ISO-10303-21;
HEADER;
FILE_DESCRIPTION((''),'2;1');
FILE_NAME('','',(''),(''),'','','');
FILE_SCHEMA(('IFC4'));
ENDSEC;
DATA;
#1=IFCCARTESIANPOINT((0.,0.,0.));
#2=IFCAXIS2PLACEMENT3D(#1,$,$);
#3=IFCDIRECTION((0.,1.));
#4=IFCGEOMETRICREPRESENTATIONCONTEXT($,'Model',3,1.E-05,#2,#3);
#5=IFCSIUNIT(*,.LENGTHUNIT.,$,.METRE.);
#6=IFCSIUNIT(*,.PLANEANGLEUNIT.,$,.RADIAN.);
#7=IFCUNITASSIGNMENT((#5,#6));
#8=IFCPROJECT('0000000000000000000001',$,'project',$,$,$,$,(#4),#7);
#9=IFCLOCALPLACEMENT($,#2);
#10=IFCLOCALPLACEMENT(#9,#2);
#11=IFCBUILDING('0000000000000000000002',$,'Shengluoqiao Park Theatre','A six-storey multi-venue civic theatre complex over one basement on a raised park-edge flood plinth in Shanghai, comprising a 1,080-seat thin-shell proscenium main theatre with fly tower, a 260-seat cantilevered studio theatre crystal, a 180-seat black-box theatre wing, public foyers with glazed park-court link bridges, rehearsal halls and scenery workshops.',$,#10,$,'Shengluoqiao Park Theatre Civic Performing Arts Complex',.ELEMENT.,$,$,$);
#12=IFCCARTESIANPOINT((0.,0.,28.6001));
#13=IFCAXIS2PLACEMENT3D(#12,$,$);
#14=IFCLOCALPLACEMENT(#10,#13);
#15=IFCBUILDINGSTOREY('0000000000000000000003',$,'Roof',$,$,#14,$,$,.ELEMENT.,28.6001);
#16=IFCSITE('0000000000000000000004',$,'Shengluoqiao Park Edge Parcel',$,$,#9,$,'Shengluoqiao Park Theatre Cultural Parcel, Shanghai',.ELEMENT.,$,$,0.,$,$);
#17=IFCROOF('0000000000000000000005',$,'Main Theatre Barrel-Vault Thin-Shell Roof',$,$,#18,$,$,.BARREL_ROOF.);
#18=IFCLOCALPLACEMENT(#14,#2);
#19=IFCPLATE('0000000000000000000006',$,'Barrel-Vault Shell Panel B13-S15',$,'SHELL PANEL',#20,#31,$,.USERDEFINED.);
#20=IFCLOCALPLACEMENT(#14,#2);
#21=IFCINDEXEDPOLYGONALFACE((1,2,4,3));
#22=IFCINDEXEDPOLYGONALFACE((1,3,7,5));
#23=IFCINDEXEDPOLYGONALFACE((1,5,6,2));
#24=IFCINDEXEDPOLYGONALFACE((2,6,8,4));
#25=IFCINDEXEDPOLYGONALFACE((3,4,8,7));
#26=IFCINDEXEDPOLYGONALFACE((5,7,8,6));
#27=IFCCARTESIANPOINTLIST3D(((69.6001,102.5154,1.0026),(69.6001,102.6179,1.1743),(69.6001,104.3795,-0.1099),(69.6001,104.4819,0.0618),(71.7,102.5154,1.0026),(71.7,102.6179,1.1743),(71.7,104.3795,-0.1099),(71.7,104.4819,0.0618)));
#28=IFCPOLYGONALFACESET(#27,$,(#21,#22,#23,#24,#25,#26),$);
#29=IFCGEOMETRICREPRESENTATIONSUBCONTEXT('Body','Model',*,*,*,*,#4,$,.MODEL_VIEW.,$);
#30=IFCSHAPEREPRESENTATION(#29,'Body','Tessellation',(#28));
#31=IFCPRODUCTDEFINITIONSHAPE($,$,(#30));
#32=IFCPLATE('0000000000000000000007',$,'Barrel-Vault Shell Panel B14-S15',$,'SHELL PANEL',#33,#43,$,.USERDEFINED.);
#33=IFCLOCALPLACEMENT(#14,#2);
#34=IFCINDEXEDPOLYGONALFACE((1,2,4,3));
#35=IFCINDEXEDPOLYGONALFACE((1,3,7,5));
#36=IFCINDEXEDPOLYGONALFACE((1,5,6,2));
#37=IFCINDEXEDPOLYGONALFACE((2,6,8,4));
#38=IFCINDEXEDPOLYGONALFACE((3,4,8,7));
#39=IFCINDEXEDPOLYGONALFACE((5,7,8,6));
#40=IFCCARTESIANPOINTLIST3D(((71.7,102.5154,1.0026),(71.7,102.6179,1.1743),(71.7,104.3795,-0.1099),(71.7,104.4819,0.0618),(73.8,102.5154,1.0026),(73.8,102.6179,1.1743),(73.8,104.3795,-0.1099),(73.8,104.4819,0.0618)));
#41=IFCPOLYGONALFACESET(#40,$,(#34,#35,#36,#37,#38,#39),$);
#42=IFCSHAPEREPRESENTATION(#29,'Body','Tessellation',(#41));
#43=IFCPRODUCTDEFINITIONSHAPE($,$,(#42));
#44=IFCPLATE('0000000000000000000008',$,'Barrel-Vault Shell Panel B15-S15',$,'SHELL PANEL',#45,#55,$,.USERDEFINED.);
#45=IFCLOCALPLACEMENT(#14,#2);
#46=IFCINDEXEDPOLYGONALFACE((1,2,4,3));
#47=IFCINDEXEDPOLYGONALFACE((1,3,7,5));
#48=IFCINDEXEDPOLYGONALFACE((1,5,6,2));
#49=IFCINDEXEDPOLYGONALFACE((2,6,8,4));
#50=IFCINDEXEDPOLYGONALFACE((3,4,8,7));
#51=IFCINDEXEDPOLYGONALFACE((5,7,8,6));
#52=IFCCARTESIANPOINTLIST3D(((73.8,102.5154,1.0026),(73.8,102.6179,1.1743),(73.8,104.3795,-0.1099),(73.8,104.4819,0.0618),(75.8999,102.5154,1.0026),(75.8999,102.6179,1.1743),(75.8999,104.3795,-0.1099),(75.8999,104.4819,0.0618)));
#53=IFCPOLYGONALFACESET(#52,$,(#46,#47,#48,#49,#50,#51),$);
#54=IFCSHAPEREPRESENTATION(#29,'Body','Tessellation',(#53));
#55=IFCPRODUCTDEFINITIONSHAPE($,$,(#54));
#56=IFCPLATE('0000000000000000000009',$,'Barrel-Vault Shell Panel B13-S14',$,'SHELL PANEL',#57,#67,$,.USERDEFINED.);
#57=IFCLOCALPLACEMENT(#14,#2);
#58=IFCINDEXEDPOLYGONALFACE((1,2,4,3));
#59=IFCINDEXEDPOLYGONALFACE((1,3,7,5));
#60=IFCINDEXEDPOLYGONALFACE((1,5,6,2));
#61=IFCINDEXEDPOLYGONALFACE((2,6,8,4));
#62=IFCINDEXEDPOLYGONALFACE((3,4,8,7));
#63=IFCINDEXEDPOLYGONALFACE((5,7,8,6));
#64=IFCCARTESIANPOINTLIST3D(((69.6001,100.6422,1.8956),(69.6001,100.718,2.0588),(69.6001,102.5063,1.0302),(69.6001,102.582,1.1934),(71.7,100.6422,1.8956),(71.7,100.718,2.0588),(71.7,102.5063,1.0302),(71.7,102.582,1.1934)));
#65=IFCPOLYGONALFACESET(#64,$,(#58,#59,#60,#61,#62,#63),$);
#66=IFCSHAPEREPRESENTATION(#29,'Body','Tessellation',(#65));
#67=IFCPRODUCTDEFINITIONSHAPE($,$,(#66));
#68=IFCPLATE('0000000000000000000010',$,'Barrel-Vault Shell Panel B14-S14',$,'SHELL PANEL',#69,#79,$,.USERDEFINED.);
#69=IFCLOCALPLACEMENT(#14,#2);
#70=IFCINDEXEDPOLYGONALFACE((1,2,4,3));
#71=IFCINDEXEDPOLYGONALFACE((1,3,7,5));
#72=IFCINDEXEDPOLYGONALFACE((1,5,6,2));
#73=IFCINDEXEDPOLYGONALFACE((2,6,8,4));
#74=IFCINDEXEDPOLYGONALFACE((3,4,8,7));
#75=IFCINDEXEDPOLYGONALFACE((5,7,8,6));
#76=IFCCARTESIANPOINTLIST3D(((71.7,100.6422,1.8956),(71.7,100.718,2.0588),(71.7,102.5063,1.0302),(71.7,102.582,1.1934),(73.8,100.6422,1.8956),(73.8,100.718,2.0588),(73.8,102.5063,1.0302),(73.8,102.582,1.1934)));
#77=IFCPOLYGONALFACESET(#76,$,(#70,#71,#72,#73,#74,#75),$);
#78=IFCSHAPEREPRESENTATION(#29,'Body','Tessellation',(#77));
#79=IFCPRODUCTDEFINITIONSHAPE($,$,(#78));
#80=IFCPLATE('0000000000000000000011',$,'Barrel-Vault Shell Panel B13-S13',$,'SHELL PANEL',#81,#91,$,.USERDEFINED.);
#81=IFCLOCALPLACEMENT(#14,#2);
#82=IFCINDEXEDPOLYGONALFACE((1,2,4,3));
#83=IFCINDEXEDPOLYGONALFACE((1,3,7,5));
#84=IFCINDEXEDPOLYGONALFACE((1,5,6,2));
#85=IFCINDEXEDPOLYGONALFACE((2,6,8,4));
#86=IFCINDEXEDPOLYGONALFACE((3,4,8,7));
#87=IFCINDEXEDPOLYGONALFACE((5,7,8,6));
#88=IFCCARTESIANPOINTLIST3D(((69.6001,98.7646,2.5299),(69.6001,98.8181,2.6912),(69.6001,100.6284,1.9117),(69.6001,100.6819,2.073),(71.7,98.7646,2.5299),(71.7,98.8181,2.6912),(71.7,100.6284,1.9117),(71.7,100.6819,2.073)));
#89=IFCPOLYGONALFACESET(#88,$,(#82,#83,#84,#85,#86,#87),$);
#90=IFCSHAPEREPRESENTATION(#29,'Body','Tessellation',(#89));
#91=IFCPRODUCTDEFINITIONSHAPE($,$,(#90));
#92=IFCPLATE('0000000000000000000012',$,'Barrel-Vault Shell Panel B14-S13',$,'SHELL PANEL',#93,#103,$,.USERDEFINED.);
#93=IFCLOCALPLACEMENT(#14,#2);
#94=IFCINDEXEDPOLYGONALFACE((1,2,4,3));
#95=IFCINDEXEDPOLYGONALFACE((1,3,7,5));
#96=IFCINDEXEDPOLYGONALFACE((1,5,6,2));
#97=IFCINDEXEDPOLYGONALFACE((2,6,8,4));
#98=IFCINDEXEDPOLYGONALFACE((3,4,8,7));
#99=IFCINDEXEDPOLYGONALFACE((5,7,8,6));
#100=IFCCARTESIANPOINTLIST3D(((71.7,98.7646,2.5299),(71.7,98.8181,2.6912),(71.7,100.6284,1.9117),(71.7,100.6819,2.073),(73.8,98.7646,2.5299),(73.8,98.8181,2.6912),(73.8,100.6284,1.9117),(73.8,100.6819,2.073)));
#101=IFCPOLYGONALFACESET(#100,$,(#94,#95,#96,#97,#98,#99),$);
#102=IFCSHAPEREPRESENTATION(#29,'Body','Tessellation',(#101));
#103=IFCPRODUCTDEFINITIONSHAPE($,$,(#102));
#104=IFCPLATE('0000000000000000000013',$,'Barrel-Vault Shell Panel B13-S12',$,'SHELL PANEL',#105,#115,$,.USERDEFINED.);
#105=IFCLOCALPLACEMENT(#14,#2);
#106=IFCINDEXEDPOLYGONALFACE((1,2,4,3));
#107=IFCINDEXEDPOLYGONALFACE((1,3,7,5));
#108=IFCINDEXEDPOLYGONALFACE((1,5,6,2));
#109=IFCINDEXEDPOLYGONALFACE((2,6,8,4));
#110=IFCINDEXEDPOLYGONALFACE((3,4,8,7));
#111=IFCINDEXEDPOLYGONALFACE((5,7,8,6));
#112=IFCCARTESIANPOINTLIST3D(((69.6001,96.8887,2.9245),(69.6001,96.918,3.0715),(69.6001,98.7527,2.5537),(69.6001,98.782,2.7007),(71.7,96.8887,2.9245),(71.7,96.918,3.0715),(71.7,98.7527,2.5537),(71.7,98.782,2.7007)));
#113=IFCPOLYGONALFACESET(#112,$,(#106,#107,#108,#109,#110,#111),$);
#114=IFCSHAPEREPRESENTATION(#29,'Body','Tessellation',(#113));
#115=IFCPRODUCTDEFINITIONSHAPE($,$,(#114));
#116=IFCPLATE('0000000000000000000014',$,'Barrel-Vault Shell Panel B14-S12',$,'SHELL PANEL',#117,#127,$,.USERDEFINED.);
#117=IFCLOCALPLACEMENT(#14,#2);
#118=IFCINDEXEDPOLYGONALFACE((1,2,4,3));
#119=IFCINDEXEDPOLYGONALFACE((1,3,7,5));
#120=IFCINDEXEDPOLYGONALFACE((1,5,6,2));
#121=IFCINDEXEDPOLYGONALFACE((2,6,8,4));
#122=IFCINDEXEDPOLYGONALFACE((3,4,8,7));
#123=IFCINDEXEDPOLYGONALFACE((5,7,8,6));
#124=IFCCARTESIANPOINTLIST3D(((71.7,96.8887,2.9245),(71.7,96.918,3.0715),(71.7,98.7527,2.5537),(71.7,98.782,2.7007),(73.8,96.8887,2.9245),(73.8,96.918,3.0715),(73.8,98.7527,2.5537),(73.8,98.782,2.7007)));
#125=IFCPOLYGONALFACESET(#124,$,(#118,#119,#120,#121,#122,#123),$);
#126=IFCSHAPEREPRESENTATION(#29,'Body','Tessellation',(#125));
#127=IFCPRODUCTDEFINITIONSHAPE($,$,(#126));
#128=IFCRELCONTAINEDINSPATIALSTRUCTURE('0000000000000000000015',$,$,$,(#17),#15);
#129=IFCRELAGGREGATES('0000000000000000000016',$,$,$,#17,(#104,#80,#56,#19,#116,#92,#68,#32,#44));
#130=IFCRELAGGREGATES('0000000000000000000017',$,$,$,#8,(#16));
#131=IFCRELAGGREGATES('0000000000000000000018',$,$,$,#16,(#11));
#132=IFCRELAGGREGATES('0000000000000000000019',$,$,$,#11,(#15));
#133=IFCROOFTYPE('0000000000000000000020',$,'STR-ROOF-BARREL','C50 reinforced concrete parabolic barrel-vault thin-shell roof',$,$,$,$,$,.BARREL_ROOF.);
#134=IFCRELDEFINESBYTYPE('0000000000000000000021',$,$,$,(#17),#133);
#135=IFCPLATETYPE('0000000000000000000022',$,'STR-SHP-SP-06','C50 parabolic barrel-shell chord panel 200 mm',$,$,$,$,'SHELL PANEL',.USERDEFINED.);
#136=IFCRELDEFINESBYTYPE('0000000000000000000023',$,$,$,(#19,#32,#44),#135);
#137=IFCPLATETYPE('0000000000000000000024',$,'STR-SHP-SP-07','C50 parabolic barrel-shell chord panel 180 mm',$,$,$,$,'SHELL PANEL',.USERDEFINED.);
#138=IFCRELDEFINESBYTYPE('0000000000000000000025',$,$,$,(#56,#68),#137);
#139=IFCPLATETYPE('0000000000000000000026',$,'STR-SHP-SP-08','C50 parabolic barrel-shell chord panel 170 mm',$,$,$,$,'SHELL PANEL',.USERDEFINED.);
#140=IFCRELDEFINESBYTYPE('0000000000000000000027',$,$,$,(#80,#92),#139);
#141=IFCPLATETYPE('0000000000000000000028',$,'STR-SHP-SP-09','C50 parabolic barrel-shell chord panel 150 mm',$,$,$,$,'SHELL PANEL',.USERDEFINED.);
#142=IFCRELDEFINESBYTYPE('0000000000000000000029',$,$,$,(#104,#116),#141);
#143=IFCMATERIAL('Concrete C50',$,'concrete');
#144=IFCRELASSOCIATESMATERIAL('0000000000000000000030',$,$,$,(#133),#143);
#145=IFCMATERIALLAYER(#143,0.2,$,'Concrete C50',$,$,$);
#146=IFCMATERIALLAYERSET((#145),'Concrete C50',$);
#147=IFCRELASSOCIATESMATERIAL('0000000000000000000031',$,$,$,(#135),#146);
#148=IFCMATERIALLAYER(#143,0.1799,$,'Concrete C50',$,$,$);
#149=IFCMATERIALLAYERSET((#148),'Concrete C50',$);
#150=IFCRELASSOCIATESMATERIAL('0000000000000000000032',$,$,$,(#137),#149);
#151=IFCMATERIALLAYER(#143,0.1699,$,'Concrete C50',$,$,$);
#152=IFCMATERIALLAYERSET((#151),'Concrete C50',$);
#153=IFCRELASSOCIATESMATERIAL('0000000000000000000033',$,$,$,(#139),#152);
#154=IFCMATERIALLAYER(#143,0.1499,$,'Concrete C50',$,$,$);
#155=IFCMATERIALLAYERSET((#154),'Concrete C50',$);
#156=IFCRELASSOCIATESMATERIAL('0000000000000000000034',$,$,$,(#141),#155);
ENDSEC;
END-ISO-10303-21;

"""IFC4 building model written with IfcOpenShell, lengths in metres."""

from ifc_helpers import new_model, si_unit, direction, frame, origin, place, context, subcontext, project, spatial, polyline, outline, extrude, material, layer, layer_set, type_object, element, aggregate, save


model = new_model("IFC4")

# Units and contexts
model_context = context("Model", 3, precision=1e-05, world=origin(), true_north=direction((0.0, 1.0)))
body_context = subcontext(model_context, "Body", "Model", "MODEL_VIEW")
ifc_project = project(units=[si_unit("LENGTHUNIT", "METRE"), si_unit("PLANEANGLEUNIT", "RADIAN")], contexts=[model_context])

# Site, building, storey
site_placement = place(None, origin())
site = spatial("IfcSite", under=ifc_project, at=site_placement, Name="Shengluoqiao Park Edge Parcel", LongName="Shengluoqiao Park Theatre Cultural Parcel, Shanghai", CompositionType="ELEMENT", RefElevation=0.0)
building_placement = place(site_placement, origin())
building = spatial("IfcBuilding", under=site, at=building_placement, Name="Shengluoqiao Park Theatre", Description="A six-storey multi-venue civic theatre complex over one basement on a raised park-edge flood plinth in Shanghai, comprising a 1,080-seat thin-shell proscenium main theatre with fly tower, a 260-seat cantilevered studio theatre crystal, a 180-seat black-box theatre wing, public foyers with glazed park-court link bridges, rehearsal halls and scenery workshops.", LongName="Shengluoqiao Park Theatre Civic Performing Arts Complex", CompositionType="ELEMENT")
storey_placement = place(building_placement, frame((0.0, 0.0, 28.6001)))
storey = spatial("IfcBuildingStorey", under=building, at=storey_placement, Name="Roof", CompositionType="ELEMENT", Elevation=28.6001)

# Shared definitions
ifc_material_1 = material(Name="Concrete C50", Category="concrete")

# Roof, plates
roof_type = type_object("IfcRoofType", Name="STR-ROOF-BARREL", Description="C50 reinforced concrete parabolic barrel-vault thin-shell roof", PredefinedType="BARREL_ROOF", material=ifc_material_1)
roof_placement = place(storey_placement, origin())
roof = element("IfcRoof", 1, at=roof_placement, inside=storey, type_object=roof_type, Name="Main Theatre Barrel-Vault Thin-Shell Roof", PredefinedType="BARREL_ROOF")
ifc_layer_1 = layer(ifc_material_1, 0.2, Name="Concrete C50")
ifc_layer_set_1 = layer_set([ifc_layer_1], Name="Concrete C50")
plate_type_1 = type_object("IfcPlateType", Name="STR-SHP-SP-06", Description="C50 parabolic barrel-shell chord panel 200 mm", ElementType="SHELL PANEL", PredefinedType="USERDEFINED", material=ifc_layer_set_1)
plate_1_placement = place(storey_placement, frame((69.6001, 102.6179, 1.1743), z_axis=(0.0, 0.51251, 0.858681), x_axis=(1.0, 0.0, 0.0)))
plate_1 = element("IfcPlate", 2, at=plate_1_placement, type_object=plate_type_1, Name="Barrel-Vault Shell Panel B13-S15", ObjectType="SHELL PANEL", PredefinedType="USERDEFINED", context=body_context, shape_type="SweptSolid", body=[
    extrude(outline(polyline([(0.0, 0.0), (2.0999, 0.0), (2.0999, 2.1708), (0.0, 2.1708), (0.0, 0.0)])), origin(), (0.0, 0.0, -1.0), 0.2),
])
plate_2_placement = place(storey_placement, frame((71.7, 102.6179, 1.1743), z_axis=(0.0, 0.51251, 0.858681), x_axis=(1.0, 0.0, 0.0)))
plate_2 = element("IfcPlate", 3, at=plate_2_placement, type_object=plate_type_1, Name="Barrel-Vault Shell Panel B14-S15", ObjectType="SHELL PANEL", PredefinedType="USERDEFINED", context=body_context, shape_type="SweptSolid", body=[
    extrude(outline(polyline([(0.0, 0.0), (2.1001, 0.0), (2.1001, 2.1708), (0.0, 2.1708), (0.0, 0.0)])), origin(), (0.0, 0.0, -1.0), 0.2),
])
plate_3_placement = place(storey_placement, frame((73.8, 102.6179, 1.1743), z_axis=(0.0, 0.51251, 0.858681), x_axis=(1.0, 0.0, 0.0)))
plate_3 = element("IfcPlate", 4, at=plate_3_placement, type_object=plate_type_1, Name="Barrel-Vault Shell Panel B15-S15", ObjectType="SHELL PANEL", PredefinedType="USERDEFINED", context=body_context, shape_type="SweptSolid", body=[
    extrude(outline(polyline([(0.0, 0.0), (2.0999, 0.0), (2.0999, 2.1708), (0.0, 2.1708), (0.0, 0.0)])), origin(), (0.0, 0.0, -1.0), 0.2),
])
ifc_layer_2 = layer(ifc_material_1, 0.1799, Name="Concrete C50")
ifc_layer_set_2 = layer_set([ifc_layer_2], Name="Concrete C50")
plate_type_2 = type_object("IfcPlateType", Name="STR-SHP-SP-07", Description="C50 parabolic barrel-shell chord panel 180 mm", ElementType="SHELL PANEL", PredefinedType="USERDEFINED", material=ifc_layer_set_2)
plate_4_placement = place(storey_placement, frame((69.6001, 100.718, 2.0588), z_axis=(0.0, 0.421129, 0.907001), x_axis=(1.0, 0.0, 0.0)))
plate_4 = element("IfcPlate", 5, at=plate_4_placement, type_object=plate_type_2, Name="Barrel-Vault Shell Panel B13-S14", ObjectType="SHELL PANEL", PredefinedType="USERDEFINED", context=body_context, shape_type="SweptSolid", body=[
    extrude(outline(polyline([(0.0, 0.0), (2.0999, 0.0), (2.0999, 2.0551), (0.0, 2.0551), (0.0, 0.0)])), origin(), (0.0, 0.0, -1.0), 0.1799),
])
plate_5_placement = place(storey_placement, frame((71.7, 100.718, 2.0588), z_axis=(0.0, 0.421129, 0.907001), x_axis=(1.0, 0.0, 0.0)))
plate_5 = element("IfcPlate", 6, at=plate_5_placement, type_object=plate_type_2, Name="Barrel-Vault Shell Panel B14-S14", ObjectType="SHELL PANEL", PredefinedType="USERDEFINED", context=body_context, shape_type="SweptSolid", body=[
    extrude(outline(polyline([(0.0, 0.0), (2.1001, 0.0), (2.1001, 2.0551), (0.0, 2.0551), (0.0, 0.0)])), origin(), (0.0, 0.0, -1.0), 0.1799),
])
ifc_layer_3 = layer(ifc_material_1, 0.1699, Name="Concrete C50")
ifc_layer_set_3 = layer_set([ifc_layer_3], Name="Concrete C50")
plate_type_3 = type_object("IfcPlateType", Name="STR-SHP-SP-08", Description="C50 parabolic barrel-shell chord panel 170 mm", ElementType="SHELL PANEL", PredefinedType="USERDEFINED", material=ifc_layer_set_3)
plate_6_placement = place(storey_placement, frame((69.6001, 98.8181, 2.6912), z_axis=(0.0, 0.31481, 0.949155), x_axis=(1.0, 0.0, 0.0)))
plate_6 = element("IfcPlate", 7, at=plate_6_placement, type_object=plate_type_3, Name="Barrel-Vault Shell Panel B13-S13", ObjectType="SHELL PANEL", PredefinedType="USERDEFINED", context=body_context, shape_type="SweptSolid", body=[
    extrude(outline(polyline([(0.0, 0.0), (2.0999, 0.0), (2.0999, 1.9636), (0.0, 1.9636), (0.0, 0.0)])), origin(), (0.0, 0.0, -1.0), 0.1699),
])
plate_7_placement = place(storey_placement, frame((71.7, 98.8181, 2.6912), z_axis=(0.0, 0.31481, 0.949155), x_axis=(1.0, 0.0, 0.0)))
plate_7 = element("IfcPlate", 8, at=plate_7_placement, type_object=plate_type_3, Name="Barrel-Vault Shell Panel B14-S13", ObjectType="SHELL PANEL", PredefinedType="USERDEFINED", context=body_context, shape_type="SweptSolid", body=[
    extrude(outline(polyline([(0.0, 0.0), (2.1001, 0.0), (2.1001, 1.9636), (0.0, 1.9636), (0.0, 0.0)])), origin(), (0.0, 0.0, -1.0), 0.1699),
])
ifc_layer_4 = layer(ifc_material_1, 0.1499, Name="Concrete C50")
ifc_layer_set_4 = layer_set([ifc_layer_4], Name="Concrete C50")
plate_type_4 = type_object("IfcPlateType", Name="STR-SHP-SP-09", Description="C50 parabolic barrel-shell chord panel 150 mm", ElementType="SHELL PANEL", PredefinedType="USERDEFINED", material=ifc_layer_set_4)
plate_8_placement = place(storey_placement, frame((69.6001, 96.918, 3.0715), z_axis=(0.0, 0.195128, 0.980778), x_axis=(1.0, 0.0, 0.0)))
plate_8 = element("IfcPlate", 9, at=plate_8_placement, type_object=plate_type_4, Name="Barrel-Vault Shell Panel B13-S12", ObjectType="SHELL PANEL", PredefinedType="USERDEFINED", context=body_context, shape_type="SweptSolid", body=[
    extrude(outline(polyline([(0.0, 0.0), (2.0999, 0.0), (2.0999, 1.9005), (0.0, 1.9005), (0.0, 0.0)])), origin(), (0.0, 0.0, -1.0), 0.1499),
])
plate_9_placement = place(storey_placement, frame((71.7, 96.918, 3.0715), z_axis=(0.0, 0.195128, 0.980778), x_axis=(1.0, 0.0, 0.0)))
plate_9 = element("IfcPlate", 10, at=plate_9_placement, type_object=plate_type_4, Name="Barrel-Vault Shell Panel B14-S12", ObjectType="SHELL PANEL", PredefinedType="USERDEFINED", context=body_context, shape_type="SweptSolid", body=[
    extrude(outline(polyline([(0.0, 0.0), (2.1001, 0.0), (2.1001, 1.9005), (0.0, 1.9005), (0.0, 0.0)])), origin(), (0.0, 0.0, -1.0), 0.1499),
])
aggregate(roof, [plate_8, plate_6, plate_4, plate_1, plate_9, plate_7, plate_5, plate_2, plate_3])

save(model, "model.ifc")
